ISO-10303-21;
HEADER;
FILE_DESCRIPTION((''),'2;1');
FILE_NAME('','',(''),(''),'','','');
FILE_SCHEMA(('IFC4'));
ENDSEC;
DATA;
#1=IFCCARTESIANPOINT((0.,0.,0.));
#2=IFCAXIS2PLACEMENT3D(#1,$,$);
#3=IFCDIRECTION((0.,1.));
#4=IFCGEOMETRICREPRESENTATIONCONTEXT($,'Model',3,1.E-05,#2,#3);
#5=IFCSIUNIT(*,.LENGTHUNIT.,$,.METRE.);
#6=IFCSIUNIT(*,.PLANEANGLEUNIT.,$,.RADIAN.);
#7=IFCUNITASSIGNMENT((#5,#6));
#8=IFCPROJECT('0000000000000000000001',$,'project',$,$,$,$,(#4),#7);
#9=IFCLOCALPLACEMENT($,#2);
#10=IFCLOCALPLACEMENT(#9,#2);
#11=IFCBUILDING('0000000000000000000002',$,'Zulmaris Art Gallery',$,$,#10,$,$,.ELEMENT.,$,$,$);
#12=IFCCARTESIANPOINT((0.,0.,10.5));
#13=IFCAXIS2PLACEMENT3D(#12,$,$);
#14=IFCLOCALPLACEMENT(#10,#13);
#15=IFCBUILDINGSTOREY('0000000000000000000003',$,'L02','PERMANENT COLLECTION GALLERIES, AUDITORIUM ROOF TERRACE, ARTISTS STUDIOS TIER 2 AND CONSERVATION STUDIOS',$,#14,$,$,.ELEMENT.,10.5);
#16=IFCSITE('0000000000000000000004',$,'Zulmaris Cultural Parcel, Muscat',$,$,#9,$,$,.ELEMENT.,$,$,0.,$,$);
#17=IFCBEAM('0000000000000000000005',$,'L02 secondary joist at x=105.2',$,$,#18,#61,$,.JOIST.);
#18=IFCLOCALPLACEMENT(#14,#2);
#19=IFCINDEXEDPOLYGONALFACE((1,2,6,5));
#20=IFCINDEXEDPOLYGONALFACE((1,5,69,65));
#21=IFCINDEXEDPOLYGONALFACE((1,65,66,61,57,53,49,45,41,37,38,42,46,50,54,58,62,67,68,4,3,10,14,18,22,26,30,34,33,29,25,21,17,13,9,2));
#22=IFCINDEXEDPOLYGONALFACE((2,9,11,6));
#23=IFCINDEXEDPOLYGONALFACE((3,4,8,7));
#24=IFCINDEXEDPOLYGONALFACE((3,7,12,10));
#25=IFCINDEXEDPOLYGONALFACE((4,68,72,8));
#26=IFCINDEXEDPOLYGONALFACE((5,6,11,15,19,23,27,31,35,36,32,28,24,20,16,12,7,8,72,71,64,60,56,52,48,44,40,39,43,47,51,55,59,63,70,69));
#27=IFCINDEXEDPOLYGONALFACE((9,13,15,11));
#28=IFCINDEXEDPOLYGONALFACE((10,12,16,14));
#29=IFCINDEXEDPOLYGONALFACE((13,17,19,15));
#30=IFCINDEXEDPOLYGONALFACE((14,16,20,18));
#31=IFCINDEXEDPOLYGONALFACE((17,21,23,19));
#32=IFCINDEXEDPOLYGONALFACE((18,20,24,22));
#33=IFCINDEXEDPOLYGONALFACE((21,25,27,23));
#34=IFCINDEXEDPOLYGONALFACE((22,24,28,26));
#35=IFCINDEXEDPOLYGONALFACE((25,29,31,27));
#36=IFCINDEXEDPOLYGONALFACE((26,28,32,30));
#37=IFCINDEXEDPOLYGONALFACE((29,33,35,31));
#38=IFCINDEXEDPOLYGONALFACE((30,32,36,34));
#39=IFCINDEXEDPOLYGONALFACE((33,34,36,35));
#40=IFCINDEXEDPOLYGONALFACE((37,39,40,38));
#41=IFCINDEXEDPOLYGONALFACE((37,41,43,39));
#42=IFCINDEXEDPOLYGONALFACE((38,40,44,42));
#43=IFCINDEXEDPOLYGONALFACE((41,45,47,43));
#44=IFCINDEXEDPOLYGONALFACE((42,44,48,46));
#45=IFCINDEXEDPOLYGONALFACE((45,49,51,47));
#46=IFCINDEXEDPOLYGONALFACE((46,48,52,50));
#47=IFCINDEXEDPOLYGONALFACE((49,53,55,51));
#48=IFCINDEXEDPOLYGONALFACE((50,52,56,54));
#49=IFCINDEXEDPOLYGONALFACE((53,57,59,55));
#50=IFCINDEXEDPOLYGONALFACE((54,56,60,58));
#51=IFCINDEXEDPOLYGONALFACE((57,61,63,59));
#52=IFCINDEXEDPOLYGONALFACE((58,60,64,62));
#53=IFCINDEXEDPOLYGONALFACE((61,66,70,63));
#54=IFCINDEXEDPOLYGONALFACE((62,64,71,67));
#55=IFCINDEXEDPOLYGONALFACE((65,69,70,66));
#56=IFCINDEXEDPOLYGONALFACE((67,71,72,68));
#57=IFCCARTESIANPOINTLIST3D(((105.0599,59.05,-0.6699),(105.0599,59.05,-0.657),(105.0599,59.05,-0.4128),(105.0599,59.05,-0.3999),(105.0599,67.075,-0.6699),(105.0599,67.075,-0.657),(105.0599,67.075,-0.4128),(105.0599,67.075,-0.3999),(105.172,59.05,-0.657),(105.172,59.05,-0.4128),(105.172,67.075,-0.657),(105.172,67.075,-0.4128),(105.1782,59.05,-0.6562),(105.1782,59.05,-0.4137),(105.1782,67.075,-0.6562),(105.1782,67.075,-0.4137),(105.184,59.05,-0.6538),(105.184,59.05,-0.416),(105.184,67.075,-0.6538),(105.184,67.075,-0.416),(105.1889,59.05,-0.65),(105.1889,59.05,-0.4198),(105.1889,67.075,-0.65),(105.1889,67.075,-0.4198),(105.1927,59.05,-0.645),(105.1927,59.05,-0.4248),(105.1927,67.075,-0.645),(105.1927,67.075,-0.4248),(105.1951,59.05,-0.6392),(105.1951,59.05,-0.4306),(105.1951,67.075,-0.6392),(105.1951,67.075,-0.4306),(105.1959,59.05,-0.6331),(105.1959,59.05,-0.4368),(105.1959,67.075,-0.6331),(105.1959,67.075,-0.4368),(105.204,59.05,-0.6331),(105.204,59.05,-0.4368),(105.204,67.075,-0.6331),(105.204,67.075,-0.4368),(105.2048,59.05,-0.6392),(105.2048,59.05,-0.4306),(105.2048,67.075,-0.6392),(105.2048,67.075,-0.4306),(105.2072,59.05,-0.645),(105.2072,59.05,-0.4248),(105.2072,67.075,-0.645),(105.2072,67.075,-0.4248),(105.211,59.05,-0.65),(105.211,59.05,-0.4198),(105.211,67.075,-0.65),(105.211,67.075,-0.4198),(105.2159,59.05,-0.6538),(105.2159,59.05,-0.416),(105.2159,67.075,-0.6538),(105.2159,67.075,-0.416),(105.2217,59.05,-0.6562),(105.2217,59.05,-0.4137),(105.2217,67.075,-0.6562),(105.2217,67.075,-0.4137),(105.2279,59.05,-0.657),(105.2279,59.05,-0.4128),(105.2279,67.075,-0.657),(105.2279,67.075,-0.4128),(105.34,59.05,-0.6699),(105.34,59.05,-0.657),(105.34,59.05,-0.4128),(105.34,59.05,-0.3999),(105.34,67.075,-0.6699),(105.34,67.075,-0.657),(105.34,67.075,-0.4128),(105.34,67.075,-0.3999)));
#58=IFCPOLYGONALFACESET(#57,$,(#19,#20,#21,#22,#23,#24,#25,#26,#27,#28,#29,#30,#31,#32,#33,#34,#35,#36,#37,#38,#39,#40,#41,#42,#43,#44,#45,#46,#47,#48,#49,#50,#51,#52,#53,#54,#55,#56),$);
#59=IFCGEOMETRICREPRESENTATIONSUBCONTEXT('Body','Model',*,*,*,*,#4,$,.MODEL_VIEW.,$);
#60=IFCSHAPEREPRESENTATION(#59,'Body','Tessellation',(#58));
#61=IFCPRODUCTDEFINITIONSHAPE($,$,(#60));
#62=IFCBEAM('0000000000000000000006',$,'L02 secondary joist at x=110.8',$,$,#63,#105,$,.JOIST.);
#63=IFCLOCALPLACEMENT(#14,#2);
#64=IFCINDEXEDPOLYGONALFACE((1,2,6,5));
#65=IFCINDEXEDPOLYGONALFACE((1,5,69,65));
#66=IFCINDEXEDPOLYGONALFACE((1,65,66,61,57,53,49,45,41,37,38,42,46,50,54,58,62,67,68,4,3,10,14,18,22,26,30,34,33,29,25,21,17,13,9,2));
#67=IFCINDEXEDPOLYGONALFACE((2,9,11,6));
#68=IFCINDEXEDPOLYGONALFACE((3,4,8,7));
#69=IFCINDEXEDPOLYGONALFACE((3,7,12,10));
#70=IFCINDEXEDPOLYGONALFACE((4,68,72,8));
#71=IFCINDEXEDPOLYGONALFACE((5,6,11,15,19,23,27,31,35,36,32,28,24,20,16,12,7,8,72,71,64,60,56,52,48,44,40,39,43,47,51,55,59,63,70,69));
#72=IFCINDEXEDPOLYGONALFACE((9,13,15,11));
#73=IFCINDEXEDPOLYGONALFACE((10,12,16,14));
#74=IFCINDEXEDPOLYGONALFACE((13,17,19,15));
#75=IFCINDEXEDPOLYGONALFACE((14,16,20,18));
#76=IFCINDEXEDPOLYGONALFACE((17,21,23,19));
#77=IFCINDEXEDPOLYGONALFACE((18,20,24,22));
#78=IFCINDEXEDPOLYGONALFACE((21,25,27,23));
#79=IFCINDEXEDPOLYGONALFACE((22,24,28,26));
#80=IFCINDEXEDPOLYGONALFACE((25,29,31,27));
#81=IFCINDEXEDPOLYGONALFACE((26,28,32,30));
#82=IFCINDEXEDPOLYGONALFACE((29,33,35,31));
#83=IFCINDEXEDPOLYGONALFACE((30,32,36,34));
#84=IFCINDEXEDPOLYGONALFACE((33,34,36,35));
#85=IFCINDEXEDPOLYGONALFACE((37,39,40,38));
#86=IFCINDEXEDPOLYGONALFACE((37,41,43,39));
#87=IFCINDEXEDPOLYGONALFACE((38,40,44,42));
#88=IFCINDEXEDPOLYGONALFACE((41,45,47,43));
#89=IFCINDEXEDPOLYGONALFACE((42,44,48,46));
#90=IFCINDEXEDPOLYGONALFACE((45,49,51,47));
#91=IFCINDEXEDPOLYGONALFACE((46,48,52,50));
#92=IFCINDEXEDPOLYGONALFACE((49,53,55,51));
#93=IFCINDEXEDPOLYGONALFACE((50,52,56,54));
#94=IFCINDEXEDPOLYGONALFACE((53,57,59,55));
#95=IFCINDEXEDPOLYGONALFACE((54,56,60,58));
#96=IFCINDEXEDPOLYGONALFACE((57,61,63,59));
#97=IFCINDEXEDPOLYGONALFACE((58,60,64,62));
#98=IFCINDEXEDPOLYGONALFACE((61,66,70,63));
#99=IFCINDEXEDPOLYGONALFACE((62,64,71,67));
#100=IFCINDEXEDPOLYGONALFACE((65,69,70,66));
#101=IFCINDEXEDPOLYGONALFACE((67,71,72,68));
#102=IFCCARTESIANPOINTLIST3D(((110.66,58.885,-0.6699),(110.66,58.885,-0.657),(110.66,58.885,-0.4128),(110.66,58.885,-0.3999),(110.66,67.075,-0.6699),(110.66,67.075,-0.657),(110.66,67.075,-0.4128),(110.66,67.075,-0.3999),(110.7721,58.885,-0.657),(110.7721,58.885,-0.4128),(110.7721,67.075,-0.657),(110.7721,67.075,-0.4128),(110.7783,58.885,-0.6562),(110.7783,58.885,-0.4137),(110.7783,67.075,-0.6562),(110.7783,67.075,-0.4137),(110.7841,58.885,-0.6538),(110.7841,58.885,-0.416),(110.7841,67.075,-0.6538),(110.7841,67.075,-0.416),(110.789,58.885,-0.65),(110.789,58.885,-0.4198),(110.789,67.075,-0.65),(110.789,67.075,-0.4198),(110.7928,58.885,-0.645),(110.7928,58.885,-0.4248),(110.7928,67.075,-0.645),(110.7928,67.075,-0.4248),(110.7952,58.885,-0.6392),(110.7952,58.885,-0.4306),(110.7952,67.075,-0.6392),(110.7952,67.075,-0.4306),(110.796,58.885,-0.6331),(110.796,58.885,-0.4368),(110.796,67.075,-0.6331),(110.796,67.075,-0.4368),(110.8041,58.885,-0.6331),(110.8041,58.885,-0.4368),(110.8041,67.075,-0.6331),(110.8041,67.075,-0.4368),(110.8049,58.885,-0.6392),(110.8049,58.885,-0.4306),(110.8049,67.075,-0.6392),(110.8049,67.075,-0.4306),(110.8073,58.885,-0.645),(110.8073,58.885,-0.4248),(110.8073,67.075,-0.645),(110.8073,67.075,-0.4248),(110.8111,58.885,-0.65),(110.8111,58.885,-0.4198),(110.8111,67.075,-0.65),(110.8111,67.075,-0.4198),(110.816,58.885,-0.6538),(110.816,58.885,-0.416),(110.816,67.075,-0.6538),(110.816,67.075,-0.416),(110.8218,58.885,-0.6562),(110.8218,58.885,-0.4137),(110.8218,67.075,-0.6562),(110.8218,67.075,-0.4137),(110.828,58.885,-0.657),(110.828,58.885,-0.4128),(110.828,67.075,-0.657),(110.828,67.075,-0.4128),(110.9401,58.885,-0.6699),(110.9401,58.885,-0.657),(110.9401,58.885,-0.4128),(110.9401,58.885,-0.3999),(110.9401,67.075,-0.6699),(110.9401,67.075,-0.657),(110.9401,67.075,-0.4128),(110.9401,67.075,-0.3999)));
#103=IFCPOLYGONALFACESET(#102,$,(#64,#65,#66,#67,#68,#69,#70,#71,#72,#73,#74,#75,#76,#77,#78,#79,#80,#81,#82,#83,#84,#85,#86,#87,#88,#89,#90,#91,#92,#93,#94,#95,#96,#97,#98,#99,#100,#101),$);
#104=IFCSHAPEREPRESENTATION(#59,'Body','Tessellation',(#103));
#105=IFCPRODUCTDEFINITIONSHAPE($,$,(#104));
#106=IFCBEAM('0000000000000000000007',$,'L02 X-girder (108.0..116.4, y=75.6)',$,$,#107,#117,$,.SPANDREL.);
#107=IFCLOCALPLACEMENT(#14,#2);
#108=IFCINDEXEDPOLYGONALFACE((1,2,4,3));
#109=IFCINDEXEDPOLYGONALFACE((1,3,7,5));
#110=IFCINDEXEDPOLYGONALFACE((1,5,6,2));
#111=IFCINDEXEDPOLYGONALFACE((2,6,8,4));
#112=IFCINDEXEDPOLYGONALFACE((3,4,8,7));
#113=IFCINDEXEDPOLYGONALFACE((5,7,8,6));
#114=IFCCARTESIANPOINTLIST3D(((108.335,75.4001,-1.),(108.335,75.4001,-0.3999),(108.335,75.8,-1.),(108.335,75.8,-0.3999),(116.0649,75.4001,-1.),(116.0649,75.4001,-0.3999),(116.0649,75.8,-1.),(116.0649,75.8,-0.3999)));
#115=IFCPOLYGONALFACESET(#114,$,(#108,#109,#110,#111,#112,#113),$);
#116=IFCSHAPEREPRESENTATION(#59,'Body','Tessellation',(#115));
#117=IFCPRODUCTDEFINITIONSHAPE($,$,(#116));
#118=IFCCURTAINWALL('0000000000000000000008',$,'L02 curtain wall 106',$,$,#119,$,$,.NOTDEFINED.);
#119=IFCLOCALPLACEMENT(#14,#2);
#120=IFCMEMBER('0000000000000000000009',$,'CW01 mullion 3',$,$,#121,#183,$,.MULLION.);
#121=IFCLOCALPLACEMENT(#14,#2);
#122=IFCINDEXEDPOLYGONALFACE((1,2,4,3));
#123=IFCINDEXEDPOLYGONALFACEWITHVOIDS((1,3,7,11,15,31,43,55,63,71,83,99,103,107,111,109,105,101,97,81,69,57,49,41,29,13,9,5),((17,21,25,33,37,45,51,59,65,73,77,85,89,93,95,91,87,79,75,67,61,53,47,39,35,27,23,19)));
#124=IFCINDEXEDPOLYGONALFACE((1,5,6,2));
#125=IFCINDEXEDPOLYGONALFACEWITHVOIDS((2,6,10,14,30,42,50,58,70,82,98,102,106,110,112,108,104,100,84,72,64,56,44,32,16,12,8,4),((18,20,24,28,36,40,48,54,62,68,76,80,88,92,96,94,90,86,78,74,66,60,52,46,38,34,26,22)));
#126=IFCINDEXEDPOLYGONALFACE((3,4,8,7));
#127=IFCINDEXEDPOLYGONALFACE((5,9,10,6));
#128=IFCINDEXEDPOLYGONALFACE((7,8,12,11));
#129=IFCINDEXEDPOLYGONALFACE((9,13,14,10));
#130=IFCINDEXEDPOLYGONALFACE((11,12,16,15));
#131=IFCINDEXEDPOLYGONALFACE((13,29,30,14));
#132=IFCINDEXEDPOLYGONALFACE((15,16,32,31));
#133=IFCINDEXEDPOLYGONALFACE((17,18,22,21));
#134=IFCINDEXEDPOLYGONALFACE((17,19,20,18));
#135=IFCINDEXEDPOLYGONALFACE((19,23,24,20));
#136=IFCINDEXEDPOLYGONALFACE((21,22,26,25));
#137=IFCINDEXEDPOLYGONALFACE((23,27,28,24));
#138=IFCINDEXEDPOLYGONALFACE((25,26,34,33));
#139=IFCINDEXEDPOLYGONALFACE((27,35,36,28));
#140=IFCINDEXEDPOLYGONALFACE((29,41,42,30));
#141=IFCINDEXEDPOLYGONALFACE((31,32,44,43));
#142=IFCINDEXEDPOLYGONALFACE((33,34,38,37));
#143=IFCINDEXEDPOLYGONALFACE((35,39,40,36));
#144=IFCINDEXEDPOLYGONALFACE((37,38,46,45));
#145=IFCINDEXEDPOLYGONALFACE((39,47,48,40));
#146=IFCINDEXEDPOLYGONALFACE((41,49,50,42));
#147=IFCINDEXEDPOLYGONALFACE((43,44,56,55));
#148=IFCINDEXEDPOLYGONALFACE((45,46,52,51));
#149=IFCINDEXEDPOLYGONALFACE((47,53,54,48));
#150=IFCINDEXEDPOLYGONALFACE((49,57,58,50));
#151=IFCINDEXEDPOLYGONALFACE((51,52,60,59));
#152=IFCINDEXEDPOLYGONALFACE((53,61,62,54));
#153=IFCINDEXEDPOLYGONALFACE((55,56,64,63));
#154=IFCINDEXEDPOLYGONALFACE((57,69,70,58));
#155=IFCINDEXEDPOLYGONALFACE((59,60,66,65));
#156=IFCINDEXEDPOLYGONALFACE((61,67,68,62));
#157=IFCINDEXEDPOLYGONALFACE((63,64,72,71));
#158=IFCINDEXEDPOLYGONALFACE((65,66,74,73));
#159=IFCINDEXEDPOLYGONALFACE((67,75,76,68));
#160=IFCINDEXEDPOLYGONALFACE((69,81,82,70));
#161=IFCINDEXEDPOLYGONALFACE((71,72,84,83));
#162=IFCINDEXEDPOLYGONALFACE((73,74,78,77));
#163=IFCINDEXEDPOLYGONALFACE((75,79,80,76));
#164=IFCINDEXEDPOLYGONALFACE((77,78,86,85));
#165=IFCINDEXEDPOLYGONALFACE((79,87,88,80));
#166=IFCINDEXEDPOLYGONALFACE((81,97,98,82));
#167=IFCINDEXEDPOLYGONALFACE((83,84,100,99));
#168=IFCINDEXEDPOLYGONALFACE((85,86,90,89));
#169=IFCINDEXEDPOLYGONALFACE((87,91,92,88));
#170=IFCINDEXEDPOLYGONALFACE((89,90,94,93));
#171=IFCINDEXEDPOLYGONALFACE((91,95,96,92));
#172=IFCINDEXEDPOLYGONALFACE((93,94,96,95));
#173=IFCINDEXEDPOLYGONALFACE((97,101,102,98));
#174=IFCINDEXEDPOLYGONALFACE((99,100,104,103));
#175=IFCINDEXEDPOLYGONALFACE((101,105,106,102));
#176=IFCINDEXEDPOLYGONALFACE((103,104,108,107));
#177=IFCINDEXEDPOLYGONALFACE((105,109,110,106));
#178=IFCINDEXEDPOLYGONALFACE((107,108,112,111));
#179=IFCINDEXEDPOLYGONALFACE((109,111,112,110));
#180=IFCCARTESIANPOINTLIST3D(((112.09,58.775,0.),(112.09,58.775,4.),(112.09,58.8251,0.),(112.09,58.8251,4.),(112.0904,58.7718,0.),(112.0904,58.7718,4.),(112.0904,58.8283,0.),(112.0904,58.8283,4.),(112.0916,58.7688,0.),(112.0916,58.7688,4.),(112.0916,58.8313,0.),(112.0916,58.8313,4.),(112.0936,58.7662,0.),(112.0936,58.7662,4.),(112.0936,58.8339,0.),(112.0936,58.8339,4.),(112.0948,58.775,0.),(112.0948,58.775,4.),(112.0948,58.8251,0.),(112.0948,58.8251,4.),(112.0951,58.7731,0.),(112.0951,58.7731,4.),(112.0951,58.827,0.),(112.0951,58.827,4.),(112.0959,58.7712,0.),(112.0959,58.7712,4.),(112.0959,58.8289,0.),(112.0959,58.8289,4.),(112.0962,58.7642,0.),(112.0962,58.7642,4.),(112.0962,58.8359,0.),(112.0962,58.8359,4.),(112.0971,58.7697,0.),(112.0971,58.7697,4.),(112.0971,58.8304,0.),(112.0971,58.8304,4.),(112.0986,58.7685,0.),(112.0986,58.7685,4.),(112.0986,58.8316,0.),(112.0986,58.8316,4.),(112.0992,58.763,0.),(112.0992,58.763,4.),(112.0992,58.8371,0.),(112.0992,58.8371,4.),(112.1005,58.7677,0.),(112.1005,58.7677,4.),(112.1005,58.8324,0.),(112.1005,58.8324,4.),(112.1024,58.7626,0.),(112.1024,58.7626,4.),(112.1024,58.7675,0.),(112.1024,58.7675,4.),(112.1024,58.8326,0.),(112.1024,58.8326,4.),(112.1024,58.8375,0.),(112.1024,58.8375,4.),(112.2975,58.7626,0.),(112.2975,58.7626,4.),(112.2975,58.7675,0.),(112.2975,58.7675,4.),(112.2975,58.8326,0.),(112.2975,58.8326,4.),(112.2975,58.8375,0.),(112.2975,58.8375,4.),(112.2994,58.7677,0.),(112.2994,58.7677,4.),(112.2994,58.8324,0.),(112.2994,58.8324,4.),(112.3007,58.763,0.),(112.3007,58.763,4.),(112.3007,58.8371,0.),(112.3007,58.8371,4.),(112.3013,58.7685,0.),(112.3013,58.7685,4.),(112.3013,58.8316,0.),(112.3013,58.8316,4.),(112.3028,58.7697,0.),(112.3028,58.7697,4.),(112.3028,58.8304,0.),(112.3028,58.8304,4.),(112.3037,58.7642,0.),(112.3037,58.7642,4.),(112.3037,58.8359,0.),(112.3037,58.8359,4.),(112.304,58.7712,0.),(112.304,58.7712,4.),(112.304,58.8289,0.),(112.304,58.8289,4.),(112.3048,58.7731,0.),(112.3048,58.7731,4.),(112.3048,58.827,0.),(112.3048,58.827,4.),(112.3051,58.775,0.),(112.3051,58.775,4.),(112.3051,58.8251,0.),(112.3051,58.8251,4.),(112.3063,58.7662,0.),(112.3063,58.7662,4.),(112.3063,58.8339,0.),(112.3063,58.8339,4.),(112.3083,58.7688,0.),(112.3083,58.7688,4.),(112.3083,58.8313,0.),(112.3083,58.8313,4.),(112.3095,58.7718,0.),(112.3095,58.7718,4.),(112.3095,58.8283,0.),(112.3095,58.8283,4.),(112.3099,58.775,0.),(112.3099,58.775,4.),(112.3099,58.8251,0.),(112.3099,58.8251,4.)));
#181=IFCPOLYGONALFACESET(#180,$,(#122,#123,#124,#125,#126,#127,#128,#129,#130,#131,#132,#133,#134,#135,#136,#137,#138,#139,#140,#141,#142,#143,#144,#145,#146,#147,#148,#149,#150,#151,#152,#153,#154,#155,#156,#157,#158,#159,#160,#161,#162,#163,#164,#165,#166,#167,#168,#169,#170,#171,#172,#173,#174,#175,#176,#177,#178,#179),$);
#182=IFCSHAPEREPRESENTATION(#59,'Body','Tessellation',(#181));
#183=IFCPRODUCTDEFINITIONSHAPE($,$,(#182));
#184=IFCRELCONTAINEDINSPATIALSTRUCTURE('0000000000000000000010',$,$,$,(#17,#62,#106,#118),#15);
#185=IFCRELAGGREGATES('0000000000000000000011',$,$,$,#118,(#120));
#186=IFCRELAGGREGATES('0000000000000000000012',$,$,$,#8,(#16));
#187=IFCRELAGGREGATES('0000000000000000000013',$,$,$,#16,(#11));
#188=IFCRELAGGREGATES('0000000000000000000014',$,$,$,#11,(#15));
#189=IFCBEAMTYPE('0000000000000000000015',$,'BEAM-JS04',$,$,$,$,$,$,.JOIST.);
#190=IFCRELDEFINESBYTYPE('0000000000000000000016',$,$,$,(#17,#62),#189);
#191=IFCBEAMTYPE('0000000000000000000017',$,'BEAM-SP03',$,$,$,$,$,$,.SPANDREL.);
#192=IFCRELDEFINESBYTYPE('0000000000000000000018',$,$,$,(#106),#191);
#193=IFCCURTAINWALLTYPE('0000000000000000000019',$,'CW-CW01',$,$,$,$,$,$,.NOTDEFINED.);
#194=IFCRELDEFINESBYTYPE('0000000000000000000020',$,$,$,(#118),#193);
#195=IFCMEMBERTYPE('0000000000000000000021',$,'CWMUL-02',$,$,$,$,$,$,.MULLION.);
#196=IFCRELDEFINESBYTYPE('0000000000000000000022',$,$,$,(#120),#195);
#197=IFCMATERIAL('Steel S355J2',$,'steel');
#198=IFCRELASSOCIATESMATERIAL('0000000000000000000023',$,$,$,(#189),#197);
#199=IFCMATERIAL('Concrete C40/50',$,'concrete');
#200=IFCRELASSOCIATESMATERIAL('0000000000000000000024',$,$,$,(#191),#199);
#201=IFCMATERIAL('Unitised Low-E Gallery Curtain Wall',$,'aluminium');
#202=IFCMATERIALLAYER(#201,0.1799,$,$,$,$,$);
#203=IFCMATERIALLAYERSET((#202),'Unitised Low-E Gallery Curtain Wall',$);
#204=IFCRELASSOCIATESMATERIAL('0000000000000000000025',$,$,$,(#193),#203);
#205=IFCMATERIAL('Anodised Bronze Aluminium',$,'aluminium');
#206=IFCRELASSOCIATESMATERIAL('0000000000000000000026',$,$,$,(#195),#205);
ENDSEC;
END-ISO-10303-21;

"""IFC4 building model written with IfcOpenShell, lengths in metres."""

from ifc_helpers import new_model, si_unit, direction, frame, origin, origin_2d, place, context, subcontext, project, spatial, rectangle, hollow_rectangle, i_section, extrude, material, layer, layer_set, material_profile, profile_set, type_object, element, aggregate, save


model = new_model("IFC4")

# Units and contexts
model_context = context("Model", 3, precision=1e-05, world=origin(), true_north=direction((0.0, 1.0)))
body_context = subcontext(model_context, "Body", "Model", "MODEL_VIEW")
ifc_project = project(units=[si_unit("LENGTHUNIT", "METRE"), si_unit("PLANEANGLEUNIT", "RADIAN")], contexts=[model_context])

# Site, building, storey
site_placement = place(None, origin())
site = spatial("IfcSite", under=ifc_project, at=site_placement, Name="Zulmaris Cultural Parcel, Muscat", CompositionType="ELEMENT", RefElevation=0.0)
building_placement = place(site_placement, origin())
building = spatial("IfcBuilding", under=site, at=building_placement, Name="Zulmaris Art Gallery", CompositionType="ELEMENT")
storey_placement = place(building_placement, frame((0.0, 0.0, 10.5)))
storey = spatial("IfcBuildingStorey", under=building, at=storey_placement, Name="L02", Description="PERMANENT COLLECTION GALLERIES, AUDITORIUM ROOF TERRACE, ARTISTS STUDIOS TIER 2 AND CONSERVATION STUDIOS", CompositionType="ELEMENT", Elevation=10.5)

# Shared definitions
ifc_material_1 = material(Name="Concrete C40/50", Category="concrete")

# Beams
ifc_material_2 = material(Name="Steel S355J2", Category="steel")
ifc_material_profile_1 = material_profile(ifc_material_2, i_section(OverallWidth=0.28, OverallDepth=0.27, WebThickness=0.0081, FlangeThickness=0.0129, FilletRadius=0.0239, at=origin_2d()), Name="HEA 280")
ifc_profile_set_1 = profile_set([ifc_material_profile_1], Name="Steel S355J2")
beam_type_1 = type_object("IfcBeamType", Name="BEAM-JS04", PredefinedType="JOIST", material=ifc_profile_set_1)
beam_1_placement = place(storey_placement, frame((105.2, 59.05, -0.5349), z_axis=(0.0, 1.0, 0.0), x_axis=(-1.0, 0.0, 0.0)))
element("IfcBeam", 1, at=beam_1_placement, inside=storey, type_object=beam_type_1, Name="L02 secondary joist at x=105.2", PredefinedType="JOIST", context=body_context, shape_type="SweptSolid", body=[
    extrude(i_section(OverallWidth=0.28, OverallDepth=0.27, WebThickness=0.0081, FlangeThickness=0.0129, FilletRadius=0.0239, at=origin_2d()), origin(), (0.0, 0.0, 1.0), 8.0249),
])
beam_2_placement = place(storey_placement, frame((110.8, 58.885, -0.5349), z_axis=(0.0, 1.0, 0.0), x_axis=(-1.0, 0.0, 0.0)))
element("IfcBeam", 2, at=beam_2_placement, inside=storey, type_object=beam_type_1, Name="L02 secondary joist at x=110.8", PredefinedType="JOIST", context=body_context, shape_type="SweptSolid", body=[
    extrude(i_section(OverallWidth=0.28, OverallDepth=0.27, WebThickness=0.0081, FlangeThickness=0.0129, FilletRadius=0.0239, at=origin_2d()), origin(), (0.0, 0.0, 1.0), 8.1899),
])
ifc_material_profile_2 = material_profile(ifc_material_1, rectangle(XDim=0.3999, YDim=0.6001, at=origin_2d()), Name="RC 400x600")
ifc_profile_set_2 = profile_set([ifc_material_profile_2], Name="Concrete C40/50")
beam_type_2 = type_object("IfcBeamType", Name="BEAM-SP03", PredefinedType="SPANDREL", material=ifc_profile_set_2)
beam_3_placement = place(storey_placement, frame((108.335, 75.6001, -0.7), z_axis=(1.0, 0.0, 0.0), x_axis=(0.0, 1.0, 0.0)))
element("IfcBeam", 3, at=beam_3_placement, inside=storey, type_object=beam_type_2, Name="L02 X-girder (108.0..116.4, y=75.6)", PredefinedType="SPANDREL", context=body_context, shape_type="SweptSolid", body=[
    extrude(rectangle(XDim=0.3999, YDim=0.6001, at=origin_2d()), origin(), (0.0, 0.0, 1.0), 7.73),
])

# Curtain wall, member
ifc_material_3 = material(Name="Unitised Low-E Gallery Curtain Wall", Category="aluminium")
ifc_layer_1 = layer(ifc_material_3, 0.1799)
ifc_layer_set_1 = layer_set([ifc_layer_1], Name="Unitised Low-E Gallery Curtain Wall")
curtain_wall_type = type_object("IfcCurtainWallType", Name="CW-CW01", PredefinedType="NOTDEFINED", material=ifc_layer_set_1)
curtain_wall_placement = place(storey_placement, origin())
curtain_wall = element("IfcCurtainWall", 4, at=curtain_wall_placement, inside=storey, type_object=curtain_wall_type, Name="L02 curtain wall 106", PredefinedType="NOTDEFINED")
ifc_material_4 = material(Name="Anodised Bronze Aluminium", Category="aluminium")
ifc_material_profile_3 = material_profile(ifc_material_4, hollow_rectangle(XDim=0.075, YDim=0.22, WallThickness=0.0049, InnerFilletRadius=0.0076, OuterFilletRadius=0.0125, at=origin_2d()), Name="ALU 75x220x5")
ifc_profile_set_3 = profile_set([ifc_material_profile_3], Name="Anodised Bronze Aluminium")
member_type_1 = type_object("IfcMemberType", Name="CWMUL-02", PredefinedType="MULLION", material=ifc_profile_set_3)
member_1_placement = place(storey_placement, frame((112.2, 58.8, 0.0), z_axis=(0.0, 0.0, 1.0), x_axis=(0.0, 1.0, 0.0)))
member_1 = element("IfcMember", 5, at=member_1_placement, type_object=member_type_1, Name="CW01 mullion 3", PredefinedType="MULLION", context=body_context, shape_type="SweptSolid", body=[
    extrude(hollow_rectangle(XDim=0.075, YDim=0.22, WallThickness=0.0049, InnerFilletRadius=0.0076, OuterFilletRadius=0.0125, at=origin_2d()), origin(), (0.0, 0.0, 1.0), 4.0),
])
aggregate(curtain_wall, [member_1])

save(model, "model.ifc")
